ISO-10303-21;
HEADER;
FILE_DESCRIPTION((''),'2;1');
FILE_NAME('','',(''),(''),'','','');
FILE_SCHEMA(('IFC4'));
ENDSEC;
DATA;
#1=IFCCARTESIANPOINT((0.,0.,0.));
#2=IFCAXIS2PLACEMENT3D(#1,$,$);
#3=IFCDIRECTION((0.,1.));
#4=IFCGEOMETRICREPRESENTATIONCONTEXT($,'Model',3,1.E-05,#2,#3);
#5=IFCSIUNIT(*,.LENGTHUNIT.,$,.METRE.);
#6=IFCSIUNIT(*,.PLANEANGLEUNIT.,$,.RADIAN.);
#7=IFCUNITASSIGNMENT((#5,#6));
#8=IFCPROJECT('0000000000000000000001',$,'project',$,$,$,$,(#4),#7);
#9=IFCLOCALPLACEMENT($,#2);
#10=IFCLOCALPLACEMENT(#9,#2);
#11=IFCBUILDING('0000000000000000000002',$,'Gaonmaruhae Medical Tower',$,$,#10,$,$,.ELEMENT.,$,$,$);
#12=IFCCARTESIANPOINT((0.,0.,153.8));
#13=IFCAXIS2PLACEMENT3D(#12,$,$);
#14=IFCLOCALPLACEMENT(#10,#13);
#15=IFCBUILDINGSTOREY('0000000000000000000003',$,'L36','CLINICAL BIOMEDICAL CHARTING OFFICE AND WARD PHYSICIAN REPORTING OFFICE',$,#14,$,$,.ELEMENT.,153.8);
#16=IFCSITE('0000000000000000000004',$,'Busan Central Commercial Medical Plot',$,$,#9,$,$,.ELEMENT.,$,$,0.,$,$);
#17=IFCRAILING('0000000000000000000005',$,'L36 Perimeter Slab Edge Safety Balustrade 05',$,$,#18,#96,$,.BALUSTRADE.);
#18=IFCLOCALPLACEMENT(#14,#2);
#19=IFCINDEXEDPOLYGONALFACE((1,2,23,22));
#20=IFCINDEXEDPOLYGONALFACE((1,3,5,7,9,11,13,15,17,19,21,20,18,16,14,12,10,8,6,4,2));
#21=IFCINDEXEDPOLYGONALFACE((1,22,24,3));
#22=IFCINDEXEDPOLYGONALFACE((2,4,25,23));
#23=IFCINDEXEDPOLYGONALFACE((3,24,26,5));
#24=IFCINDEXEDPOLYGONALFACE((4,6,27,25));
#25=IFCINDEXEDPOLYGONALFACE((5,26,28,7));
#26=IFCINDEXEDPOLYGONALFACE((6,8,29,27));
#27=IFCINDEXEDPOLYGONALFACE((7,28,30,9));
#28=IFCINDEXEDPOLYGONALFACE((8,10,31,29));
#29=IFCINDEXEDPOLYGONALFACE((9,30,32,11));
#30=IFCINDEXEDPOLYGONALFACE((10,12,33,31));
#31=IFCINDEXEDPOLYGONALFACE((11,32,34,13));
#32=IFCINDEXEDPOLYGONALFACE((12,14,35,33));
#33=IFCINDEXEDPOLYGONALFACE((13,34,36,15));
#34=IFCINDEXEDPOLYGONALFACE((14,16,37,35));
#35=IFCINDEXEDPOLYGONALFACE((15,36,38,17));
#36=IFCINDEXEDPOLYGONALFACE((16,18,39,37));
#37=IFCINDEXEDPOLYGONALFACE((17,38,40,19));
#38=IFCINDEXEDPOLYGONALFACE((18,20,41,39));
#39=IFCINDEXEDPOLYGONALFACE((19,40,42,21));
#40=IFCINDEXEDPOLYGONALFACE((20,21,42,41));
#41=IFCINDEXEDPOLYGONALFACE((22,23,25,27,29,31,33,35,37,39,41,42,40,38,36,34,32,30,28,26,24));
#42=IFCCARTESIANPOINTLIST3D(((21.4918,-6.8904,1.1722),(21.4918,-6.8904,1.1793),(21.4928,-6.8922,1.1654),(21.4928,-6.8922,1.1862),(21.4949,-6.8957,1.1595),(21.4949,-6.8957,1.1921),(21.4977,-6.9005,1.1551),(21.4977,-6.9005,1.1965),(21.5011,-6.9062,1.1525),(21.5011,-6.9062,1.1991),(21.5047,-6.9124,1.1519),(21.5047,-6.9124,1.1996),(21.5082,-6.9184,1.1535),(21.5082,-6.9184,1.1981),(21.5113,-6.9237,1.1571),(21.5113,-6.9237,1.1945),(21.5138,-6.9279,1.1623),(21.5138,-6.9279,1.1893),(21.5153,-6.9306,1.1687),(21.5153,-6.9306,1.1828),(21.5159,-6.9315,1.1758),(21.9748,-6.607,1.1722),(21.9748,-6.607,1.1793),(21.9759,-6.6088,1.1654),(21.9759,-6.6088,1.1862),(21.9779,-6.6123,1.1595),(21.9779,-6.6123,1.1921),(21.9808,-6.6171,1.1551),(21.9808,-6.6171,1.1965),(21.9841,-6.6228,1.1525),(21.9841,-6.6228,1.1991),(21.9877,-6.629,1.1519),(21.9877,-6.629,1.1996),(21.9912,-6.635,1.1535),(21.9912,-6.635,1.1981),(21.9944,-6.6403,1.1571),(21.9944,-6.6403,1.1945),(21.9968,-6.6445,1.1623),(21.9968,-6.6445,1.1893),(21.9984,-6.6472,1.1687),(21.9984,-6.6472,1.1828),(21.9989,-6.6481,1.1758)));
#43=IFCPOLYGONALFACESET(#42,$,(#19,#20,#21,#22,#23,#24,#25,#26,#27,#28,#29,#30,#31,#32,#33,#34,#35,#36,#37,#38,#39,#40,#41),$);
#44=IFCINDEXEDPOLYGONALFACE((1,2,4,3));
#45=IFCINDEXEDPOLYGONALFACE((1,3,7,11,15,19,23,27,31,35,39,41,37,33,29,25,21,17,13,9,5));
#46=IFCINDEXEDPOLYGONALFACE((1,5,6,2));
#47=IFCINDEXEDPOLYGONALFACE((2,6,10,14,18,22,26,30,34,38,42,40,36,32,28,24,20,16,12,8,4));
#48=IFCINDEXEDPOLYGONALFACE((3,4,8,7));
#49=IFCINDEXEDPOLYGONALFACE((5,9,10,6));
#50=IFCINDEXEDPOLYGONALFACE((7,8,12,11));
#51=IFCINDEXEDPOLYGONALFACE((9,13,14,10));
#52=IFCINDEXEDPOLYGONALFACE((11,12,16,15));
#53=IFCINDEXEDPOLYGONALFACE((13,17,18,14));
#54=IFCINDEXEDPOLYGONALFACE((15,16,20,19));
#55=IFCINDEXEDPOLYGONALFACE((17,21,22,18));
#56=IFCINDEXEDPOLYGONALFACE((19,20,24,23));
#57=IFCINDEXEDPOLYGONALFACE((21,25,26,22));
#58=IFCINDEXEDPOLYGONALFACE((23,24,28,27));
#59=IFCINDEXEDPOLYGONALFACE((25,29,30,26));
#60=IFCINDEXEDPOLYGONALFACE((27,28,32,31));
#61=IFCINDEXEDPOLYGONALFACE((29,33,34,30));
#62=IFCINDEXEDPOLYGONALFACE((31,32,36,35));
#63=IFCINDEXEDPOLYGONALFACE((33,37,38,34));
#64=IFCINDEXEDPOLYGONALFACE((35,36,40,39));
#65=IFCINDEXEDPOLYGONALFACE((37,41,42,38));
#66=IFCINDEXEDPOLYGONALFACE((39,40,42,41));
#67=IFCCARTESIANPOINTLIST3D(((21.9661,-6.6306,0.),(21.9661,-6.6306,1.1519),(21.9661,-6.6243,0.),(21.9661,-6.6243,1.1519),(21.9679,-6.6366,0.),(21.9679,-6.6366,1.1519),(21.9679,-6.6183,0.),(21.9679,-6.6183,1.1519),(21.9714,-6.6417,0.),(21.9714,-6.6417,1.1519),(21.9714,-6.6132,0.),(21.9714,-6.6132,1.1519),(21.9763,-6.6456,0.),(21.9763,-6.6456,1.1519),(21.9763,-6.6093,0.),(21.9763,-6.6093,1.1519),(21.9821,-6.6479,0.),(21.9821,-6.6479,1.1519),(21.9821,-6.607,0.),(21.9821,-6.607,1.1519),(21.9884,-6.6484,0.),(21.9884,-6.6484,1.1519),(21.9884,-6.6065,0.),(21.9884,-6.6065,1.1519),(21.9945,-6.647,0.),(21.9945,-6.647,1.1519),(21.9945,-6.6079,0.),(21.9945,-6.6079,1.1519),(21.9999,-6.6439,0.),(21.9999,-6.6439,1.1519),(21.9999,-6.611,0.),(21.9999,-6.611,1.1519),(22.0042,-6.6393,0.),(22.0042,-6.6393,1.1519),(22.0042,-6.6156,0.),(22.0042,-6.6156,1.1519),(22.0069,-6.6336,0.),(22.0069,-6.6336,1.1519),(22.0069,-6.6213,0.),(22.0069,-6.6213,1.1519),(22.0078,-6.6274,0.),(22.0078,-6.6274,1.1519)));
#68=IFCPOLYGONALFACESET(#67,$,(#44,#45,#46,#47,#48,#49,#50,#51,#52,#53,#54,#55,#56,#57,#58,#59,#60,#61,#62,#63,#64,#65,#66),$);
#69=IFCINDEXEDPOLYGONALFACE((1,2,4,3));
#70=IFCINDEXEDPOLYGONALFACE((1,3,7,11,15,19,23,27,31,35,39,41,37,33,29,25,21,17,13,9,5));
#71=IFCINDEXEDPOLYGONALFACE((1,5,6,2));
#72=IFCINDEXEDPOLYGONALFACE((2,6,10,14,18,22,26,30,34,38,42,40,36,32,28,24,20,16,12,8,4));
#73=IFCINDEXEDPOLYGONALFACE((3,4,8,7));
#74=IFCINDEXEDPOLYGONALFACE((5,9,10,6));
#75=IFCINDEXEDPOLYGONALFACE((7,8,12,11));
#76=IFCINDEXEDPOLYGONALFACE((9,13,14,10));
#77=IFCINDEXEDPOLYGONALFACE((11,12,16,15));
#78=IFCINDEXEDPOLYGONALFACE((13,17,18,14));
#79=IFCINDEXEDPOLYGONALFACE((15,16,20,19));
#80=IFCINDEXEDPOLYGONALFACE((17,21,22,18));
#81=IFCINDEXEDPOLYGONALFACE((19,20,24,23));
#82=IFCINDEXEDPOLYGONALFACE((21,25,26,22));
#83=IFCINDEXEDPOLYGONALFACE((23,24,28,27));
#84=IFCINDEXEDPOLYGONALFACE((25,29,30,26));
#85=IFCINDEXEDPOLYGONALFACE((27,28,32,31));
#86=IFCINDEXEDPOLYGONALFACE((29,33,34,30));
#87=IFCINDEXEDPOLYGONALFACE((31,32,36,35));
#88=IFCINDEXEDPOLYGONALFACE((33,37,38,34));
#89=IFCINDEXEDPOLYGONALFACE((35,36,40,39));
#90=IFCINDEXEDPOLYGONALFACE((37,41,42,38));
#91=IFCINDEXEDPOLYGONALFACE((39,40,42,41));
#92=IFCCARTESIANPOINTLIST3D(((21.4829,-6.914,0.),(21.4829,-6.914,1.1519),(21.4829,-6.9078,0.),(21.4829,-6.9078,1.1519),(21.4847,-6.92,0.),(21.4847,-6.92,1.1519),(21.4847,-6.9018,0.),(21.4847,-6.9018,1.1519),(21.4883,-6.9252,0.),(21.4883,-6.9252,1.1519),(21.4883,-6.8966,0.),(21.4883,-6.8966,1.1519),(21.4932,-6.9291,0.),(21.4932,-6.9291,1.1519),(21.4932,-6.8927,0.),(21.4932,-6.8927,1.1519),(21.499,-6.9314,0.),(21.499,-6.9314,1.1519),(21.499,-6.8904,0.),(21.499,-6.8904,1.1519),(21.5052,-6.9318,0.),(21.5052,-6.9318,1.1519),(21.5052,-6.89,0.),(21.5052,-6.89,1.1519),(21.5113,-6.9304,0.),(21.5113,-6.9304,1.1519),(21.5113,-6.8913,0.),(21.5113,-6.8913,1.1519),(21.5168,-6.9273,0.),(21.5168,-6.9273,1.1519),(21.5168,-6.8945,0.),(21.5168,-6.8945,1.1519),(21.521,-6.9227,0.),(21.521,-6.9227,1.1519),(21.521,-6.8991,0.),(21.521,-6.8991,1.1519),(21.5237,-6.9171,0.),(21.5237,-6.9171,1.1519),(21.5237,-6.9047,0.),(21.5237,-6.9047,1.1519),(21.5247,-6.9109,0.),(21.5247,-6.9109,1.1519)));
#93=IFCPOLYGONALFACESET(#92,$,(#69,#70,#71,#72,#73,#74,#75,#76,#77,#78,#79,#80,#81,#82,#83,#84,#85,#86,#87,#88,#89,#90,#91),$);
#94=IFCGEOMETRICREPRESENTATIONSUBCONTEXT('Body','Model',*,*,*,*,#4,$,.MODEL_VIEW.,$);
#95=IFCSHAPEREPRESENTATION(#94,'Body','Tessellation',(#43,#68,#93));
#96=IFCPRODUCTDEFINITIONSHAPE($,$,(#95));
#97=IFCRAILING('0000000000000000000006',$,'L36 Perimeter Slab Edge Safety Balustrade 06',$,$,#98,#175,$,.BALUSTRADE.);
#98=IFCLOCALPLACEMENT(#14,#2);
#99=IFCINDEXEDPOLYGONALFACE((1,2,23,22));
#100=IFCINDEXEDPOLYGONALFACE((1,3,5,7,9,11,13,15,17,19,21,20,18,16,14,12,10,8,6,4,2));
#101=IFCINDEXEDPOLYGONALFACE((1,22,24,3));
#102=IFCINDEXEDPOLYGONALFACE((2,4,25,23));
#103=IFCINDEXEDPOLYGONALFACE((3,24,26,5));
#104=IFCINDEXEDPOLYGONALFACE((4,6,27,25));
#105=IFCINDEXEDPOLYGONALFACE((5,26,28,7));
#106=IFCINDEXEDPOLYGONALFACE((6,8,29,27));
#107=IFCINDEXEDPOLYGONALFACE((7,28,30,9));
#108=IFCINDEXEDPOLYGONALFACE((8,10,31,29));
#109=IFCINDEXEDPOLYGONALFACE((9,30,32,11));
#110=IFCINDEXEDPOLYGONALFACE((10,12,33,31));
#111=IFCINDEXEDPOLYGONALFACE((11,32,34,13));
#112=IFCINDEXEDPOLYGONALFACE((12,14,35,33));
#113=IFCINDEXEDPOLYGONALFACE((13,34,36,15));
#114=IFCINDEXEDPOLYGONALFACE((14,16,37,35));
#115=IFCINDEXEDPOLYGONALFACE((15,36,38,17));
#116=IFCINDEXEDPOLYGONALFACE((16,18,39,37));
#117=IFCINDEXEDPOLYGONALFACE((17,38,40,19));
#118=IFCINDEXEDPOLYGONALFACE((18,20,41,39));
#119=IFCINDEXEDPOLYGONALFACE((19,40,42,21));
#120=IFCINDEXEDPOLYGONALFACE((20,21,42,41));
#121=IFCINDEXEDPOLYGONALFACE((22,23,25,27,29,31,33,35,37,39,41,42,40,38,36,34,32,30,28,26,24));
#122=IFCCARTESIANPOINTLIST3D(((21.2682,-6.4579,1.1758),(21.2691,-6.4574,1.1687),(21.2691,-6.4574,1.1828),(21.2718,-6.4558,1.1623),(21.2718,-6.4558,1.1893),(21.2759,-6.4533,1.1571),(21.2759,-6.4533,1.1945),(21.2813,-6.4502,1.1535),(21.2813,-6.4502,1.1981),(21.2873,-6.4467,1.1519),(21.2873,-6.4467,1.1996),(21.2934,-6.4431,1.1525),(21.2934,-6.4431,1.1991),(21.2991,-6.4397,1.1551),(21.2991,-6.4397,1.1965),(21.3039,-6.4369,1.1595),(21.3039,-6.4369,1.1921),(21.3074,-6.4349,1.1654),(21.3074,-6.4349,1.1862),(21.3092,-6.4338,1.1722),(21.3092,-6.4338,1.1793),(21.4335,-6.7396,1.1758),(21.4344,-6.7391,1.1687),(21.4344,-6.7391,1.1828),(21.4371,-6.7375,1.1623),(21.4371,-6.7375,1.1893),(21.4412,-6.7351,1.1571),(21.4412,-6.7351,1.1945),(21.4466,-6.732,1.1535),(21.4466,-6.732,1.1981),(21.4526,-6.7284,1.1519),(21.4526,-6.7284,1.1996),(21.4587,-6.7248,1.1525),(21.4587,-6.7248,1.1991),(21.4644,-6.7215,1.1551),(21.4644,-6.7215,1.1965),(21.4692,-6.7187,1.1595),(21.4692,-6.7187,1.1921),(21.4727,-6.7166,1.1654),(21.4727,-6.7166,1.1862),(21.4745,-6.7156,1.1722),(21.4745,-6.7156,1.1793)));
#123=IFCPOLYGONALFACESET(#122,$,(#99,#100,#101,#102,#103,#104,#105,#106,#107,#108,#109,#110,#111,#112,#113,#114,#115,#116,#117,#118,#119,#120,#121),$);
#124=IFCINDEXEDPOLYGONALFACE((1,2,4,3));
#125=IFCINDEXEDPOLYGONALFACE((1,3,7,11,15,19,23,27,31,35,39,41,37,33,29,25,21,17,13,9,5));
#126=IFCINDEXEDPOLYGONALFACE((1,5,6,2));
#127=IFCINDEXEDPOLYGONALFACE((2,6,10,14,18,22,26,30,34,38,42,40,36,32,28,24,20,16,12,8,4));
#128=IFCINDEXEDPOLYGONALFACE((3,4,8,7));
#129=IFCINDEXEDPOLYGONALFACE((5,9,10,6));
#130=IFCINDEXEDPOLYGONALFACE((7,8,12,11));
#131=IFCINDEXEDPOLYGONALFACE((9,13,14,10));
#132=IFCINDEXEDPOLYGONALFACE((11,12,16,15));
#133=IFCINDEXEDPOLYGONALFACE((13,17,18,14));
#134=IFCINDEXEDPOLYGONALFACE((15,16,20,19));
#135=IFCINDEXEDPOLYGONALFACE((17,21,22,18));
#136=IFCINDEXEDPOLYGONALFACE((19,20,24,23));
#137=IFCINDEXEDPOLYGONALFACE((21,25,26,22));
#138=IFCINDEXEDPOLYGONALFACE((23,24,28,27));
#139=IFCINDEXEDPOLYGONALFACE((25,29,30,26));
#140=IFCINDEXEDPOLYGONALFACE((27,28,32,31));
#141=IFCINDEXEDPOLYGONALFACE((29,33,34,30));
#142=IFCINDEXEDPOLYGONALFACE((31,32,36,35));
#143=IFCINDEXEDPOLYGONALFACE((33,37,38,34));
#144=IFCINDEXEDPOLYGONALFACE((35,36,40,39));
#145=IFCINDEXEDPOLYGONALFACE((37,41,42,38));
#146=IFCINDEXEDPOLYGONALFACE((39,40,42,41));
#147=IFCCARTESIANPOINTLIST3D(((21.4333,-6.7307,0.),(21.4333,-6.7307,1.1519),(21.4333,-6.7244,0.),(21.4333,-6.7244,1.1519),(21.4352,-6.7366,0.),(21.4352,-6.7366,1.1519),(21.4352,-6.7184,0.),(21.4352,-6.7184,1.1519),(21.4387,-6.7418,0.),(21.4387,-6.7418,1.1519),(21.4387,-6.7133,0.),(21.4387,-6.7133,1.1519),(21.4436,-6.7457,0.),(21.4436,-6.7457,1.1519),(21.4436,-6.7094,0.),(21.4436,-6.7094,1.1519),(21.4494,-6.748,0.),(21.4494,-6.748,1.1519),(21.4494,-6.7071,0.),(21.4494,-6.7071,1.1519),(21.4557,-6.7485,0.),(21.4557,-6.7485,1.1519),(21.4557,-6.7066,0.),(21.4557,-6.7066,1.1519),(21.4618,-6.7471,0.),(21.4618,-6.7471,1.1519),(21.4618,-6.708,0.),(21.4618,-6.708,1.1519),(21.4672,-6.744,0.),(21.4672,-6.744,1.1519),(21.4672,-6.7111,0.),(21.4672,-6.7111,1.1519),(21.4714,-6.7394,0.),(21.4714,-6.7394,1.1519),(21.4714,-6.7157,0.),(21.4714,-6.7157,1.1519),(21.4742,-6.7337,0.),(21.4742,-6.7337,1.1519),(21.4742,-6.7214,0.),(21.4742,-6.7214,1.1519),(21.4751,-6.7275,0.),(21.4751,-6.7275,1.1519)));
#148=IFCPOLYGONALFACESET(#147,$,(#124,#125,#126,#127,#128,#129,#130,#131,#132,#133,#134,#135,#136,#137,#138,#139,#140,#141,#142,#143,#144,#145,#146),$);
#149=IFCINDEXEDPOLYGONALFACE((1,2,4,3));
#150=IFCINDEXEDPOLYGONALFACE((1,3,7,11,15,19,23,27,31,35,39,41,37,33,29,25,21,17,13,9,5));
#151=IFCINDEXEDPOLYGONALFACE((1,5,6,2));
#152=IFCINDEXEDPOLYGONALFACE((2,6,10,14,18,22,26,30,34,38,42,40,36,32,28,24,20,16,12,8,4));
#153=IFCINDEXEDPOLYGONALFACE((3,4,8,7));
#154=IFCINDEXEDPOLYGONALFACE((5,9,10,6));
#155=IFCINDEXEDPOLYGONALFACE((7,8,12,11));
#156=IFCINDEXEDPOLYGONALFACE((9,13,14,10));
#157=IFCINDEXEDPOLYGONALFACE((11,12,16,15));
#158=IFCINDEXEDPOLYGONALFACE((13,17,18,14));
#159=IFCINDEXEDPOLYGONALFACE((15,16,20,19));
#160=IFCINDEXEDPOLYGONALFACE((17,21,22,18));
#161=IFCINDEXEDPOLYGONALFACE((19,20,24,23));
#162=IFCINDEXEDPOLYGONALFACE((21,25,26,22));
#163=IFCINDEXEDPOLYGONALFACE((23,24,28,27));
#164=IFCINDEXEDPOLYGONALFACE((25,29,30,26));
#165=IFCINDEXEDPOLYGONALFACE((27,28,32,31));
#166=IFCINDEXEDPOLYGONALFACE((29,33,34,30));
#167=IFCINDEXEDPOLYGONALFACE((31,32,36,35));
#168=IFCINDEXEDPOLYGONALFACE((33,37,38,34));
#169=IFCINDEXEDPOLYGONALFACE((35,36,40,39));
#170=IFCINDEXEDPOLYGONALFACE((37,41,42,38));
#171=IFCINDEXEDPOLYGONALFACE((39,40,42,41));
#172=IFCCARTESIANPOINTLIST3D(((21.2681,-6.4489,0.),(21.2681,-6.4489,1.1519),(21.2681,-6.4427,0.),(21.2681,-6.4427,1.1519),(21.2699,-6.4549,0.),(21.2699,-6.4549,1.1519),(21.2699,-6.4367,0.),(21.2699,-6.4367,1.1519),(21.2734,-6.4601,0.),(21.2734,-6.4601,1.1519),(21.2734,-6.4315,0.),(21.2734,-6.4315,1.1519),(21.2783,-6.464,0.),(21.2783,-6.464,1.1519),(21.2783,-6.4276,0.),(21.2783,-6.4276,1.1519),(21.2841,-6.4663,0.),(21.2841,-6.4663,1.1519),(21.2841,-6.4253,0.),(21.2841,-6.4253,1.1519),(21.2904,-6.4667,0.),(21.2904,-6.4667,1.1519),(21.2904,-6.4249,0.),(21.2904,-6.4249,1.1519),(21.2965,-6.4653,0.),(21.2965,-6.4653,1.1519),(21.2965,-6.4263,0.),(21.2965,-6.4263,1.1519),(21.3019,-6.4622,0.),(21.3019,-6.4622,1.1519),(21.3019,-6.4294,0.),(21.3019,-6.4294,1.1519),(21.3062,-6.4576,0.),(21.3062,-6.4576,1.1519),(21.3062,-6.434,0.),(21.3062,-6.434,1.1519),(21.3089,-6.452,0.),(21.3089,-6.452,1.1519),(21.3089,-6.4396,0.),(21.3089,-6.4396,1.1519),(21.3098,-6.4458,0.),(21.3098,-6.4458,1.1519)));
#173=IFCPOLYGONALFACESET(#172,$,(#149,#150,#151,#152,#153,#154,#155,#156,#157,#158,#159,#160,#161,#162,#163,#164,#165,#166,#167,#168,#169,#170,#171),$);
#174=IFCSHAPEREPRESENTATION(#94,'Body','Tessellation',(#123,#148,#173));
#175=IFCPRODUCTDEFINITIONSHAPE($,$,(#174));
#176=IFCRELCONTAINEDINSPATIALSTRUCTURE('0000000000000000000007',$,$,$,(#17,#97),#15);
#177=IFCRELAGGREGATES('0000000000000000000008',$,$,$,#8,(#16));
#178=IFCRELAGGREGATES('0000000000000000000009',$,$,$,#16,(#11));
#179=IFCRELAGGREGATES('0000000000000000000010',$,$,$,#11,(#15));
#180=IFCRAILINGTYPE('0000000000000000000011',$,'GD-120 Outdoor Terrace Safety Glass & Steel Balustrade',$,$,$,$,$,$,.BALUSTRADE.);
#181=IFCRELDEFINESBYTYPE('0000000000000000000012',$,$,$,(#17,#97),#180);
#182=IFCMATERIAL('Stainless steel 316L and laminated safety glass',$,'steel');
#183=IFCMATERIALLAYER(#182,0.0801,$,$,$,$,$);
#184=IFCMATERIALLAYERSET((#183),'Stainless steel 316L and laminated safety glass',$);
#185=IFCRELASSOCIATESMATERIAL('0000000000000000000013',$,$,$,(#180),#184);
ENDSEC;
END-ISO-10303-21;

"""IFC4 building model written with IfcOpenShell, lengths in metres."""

from ifc_helpers import new_model, si_unit, direction, frame, origin, origin_2d, place, context, subcontext, project, spatial, circle, extrude, material, layer, layer_set, type_object, element, save


model = new_model("IFC4")

# Units and contexts
model_context = context("Model", 3, precision=1e-05, world=origin(), true_north=direction((0.0, 1.0)))
body_context = subcontext(model_context, "Body", "Model", "MODEL_VIEW")
ifc_project = project(units=[si_unit("LENGTHUNIT", "METRE"), si_unit("PLANEANGLEUNIT", "RADIAN")], contexts=[model_context])

# Site, building, storey
site_placement = place(None, origin())
site = spatial("IfcSite", under=ifc_project, at=site_placement, Name="Busan Central Commercial Medical Plot", CompositionType="ELEMENT", RefElevation=0.0)
building_placement = place(site_placement, origin())
building = spatial("IfcBuilding", under=site, at=building_placement, Name="Gaonmaruhae Medical Tower", CompositionType="ELEMENT")
storey_placement = place(building_placement, frame((0.0, 0.0, 153.8)))
storey = spatial("IfcBuildingStorey", under=building, at=storey_placement, Name="L36", Description="CLINICAL BIOMEDICAL CHARTING OFFICE AND WARD PHYSICIAN REPORTING OFFICE", CompositionType="ELEMENT", Elevation=153.8)

# Railings
ifc_material_1 = material(Name="Stainless steel 316L and laminated safety glass", Category="steel")
ifc_layer_1 = layer(ifc_material_1, 0.0801)
ifc_layer_set_1 = layer_set([ifc_layer_1], Name="Stainless steel 316L and laminated safety glass")
railing_type = type_object("IfcRailingType", Name="GD-120 Outdoor Terrace Safety Glass & Steel Balustrade", PredefinedType="BALUSTRADE", material=ifc_layer_set_1)
railing_1_placement = place(storey_placement, frame((21.9868, -6.6274, 0.0)))
element("IfcRailing", 1, at=railing_1_placement, inside=storey, type_object=railing_type, Name="L36 Perimeter Slab Edge Safety Balustrade 05", PredefinedType="BALUSTRADE", context=body_context, shape_type="SweptSolid", body=[
    extrude(circle(Radius=0.0239, at=origin_2d()), frame((0.0, 0.0, 1.1758), z_axis=(-0.862527, -0.50601, 0.0), x_axis=(0.50601, -0.862527, 0.0)), (0.0, 0.0, 1.0), 0.5601),
    extrude(circle(Radius=0.021, at=origin_2d()), origin(), (0.0, 0.0, 1.0), 1.1519),
    extrude(circle(Radius=0.021, at=origin_2d()), frame((-0.4832, -0.2834, 0.0)), (0.0, 0.0, 1.0), 1.1519),
])
railing_2_placement = place(storey_placement, frame((21.4541, -6.7275, 0.0)))
element("IfcRailing", 2, at=railing_2_placement, inside=storey, type_object=railing_type, Name="L36 Perimeter Slab Edge Safety Balustrade 06", PredefinedType="BALUSTRADE", context=body_context, shape_type="SweptSolid", body=[
    extrude(circle(Radius=0.0239, at=origin_2d()), frame((0.0, 0.0, 1.1758), z_axis=(-0.506007, 0.862529, 0.0), x_axis=(-0.862529, -0.506007, 0.0)), (0.0, 0.0, 1.0), 0.3267),
    extrude(circle(Radius=0.021, at=origin_2d()), origin(), (0.0, 0.0, 1.0), 1.1519),
    extrude(circle(Radius=0.021, at=origin_2d()), frame((-0.1653, 0.2817, 0.0)), (0.0, 0.0, 1.0), 1.1519),
])

save(model, "model.ifc")
